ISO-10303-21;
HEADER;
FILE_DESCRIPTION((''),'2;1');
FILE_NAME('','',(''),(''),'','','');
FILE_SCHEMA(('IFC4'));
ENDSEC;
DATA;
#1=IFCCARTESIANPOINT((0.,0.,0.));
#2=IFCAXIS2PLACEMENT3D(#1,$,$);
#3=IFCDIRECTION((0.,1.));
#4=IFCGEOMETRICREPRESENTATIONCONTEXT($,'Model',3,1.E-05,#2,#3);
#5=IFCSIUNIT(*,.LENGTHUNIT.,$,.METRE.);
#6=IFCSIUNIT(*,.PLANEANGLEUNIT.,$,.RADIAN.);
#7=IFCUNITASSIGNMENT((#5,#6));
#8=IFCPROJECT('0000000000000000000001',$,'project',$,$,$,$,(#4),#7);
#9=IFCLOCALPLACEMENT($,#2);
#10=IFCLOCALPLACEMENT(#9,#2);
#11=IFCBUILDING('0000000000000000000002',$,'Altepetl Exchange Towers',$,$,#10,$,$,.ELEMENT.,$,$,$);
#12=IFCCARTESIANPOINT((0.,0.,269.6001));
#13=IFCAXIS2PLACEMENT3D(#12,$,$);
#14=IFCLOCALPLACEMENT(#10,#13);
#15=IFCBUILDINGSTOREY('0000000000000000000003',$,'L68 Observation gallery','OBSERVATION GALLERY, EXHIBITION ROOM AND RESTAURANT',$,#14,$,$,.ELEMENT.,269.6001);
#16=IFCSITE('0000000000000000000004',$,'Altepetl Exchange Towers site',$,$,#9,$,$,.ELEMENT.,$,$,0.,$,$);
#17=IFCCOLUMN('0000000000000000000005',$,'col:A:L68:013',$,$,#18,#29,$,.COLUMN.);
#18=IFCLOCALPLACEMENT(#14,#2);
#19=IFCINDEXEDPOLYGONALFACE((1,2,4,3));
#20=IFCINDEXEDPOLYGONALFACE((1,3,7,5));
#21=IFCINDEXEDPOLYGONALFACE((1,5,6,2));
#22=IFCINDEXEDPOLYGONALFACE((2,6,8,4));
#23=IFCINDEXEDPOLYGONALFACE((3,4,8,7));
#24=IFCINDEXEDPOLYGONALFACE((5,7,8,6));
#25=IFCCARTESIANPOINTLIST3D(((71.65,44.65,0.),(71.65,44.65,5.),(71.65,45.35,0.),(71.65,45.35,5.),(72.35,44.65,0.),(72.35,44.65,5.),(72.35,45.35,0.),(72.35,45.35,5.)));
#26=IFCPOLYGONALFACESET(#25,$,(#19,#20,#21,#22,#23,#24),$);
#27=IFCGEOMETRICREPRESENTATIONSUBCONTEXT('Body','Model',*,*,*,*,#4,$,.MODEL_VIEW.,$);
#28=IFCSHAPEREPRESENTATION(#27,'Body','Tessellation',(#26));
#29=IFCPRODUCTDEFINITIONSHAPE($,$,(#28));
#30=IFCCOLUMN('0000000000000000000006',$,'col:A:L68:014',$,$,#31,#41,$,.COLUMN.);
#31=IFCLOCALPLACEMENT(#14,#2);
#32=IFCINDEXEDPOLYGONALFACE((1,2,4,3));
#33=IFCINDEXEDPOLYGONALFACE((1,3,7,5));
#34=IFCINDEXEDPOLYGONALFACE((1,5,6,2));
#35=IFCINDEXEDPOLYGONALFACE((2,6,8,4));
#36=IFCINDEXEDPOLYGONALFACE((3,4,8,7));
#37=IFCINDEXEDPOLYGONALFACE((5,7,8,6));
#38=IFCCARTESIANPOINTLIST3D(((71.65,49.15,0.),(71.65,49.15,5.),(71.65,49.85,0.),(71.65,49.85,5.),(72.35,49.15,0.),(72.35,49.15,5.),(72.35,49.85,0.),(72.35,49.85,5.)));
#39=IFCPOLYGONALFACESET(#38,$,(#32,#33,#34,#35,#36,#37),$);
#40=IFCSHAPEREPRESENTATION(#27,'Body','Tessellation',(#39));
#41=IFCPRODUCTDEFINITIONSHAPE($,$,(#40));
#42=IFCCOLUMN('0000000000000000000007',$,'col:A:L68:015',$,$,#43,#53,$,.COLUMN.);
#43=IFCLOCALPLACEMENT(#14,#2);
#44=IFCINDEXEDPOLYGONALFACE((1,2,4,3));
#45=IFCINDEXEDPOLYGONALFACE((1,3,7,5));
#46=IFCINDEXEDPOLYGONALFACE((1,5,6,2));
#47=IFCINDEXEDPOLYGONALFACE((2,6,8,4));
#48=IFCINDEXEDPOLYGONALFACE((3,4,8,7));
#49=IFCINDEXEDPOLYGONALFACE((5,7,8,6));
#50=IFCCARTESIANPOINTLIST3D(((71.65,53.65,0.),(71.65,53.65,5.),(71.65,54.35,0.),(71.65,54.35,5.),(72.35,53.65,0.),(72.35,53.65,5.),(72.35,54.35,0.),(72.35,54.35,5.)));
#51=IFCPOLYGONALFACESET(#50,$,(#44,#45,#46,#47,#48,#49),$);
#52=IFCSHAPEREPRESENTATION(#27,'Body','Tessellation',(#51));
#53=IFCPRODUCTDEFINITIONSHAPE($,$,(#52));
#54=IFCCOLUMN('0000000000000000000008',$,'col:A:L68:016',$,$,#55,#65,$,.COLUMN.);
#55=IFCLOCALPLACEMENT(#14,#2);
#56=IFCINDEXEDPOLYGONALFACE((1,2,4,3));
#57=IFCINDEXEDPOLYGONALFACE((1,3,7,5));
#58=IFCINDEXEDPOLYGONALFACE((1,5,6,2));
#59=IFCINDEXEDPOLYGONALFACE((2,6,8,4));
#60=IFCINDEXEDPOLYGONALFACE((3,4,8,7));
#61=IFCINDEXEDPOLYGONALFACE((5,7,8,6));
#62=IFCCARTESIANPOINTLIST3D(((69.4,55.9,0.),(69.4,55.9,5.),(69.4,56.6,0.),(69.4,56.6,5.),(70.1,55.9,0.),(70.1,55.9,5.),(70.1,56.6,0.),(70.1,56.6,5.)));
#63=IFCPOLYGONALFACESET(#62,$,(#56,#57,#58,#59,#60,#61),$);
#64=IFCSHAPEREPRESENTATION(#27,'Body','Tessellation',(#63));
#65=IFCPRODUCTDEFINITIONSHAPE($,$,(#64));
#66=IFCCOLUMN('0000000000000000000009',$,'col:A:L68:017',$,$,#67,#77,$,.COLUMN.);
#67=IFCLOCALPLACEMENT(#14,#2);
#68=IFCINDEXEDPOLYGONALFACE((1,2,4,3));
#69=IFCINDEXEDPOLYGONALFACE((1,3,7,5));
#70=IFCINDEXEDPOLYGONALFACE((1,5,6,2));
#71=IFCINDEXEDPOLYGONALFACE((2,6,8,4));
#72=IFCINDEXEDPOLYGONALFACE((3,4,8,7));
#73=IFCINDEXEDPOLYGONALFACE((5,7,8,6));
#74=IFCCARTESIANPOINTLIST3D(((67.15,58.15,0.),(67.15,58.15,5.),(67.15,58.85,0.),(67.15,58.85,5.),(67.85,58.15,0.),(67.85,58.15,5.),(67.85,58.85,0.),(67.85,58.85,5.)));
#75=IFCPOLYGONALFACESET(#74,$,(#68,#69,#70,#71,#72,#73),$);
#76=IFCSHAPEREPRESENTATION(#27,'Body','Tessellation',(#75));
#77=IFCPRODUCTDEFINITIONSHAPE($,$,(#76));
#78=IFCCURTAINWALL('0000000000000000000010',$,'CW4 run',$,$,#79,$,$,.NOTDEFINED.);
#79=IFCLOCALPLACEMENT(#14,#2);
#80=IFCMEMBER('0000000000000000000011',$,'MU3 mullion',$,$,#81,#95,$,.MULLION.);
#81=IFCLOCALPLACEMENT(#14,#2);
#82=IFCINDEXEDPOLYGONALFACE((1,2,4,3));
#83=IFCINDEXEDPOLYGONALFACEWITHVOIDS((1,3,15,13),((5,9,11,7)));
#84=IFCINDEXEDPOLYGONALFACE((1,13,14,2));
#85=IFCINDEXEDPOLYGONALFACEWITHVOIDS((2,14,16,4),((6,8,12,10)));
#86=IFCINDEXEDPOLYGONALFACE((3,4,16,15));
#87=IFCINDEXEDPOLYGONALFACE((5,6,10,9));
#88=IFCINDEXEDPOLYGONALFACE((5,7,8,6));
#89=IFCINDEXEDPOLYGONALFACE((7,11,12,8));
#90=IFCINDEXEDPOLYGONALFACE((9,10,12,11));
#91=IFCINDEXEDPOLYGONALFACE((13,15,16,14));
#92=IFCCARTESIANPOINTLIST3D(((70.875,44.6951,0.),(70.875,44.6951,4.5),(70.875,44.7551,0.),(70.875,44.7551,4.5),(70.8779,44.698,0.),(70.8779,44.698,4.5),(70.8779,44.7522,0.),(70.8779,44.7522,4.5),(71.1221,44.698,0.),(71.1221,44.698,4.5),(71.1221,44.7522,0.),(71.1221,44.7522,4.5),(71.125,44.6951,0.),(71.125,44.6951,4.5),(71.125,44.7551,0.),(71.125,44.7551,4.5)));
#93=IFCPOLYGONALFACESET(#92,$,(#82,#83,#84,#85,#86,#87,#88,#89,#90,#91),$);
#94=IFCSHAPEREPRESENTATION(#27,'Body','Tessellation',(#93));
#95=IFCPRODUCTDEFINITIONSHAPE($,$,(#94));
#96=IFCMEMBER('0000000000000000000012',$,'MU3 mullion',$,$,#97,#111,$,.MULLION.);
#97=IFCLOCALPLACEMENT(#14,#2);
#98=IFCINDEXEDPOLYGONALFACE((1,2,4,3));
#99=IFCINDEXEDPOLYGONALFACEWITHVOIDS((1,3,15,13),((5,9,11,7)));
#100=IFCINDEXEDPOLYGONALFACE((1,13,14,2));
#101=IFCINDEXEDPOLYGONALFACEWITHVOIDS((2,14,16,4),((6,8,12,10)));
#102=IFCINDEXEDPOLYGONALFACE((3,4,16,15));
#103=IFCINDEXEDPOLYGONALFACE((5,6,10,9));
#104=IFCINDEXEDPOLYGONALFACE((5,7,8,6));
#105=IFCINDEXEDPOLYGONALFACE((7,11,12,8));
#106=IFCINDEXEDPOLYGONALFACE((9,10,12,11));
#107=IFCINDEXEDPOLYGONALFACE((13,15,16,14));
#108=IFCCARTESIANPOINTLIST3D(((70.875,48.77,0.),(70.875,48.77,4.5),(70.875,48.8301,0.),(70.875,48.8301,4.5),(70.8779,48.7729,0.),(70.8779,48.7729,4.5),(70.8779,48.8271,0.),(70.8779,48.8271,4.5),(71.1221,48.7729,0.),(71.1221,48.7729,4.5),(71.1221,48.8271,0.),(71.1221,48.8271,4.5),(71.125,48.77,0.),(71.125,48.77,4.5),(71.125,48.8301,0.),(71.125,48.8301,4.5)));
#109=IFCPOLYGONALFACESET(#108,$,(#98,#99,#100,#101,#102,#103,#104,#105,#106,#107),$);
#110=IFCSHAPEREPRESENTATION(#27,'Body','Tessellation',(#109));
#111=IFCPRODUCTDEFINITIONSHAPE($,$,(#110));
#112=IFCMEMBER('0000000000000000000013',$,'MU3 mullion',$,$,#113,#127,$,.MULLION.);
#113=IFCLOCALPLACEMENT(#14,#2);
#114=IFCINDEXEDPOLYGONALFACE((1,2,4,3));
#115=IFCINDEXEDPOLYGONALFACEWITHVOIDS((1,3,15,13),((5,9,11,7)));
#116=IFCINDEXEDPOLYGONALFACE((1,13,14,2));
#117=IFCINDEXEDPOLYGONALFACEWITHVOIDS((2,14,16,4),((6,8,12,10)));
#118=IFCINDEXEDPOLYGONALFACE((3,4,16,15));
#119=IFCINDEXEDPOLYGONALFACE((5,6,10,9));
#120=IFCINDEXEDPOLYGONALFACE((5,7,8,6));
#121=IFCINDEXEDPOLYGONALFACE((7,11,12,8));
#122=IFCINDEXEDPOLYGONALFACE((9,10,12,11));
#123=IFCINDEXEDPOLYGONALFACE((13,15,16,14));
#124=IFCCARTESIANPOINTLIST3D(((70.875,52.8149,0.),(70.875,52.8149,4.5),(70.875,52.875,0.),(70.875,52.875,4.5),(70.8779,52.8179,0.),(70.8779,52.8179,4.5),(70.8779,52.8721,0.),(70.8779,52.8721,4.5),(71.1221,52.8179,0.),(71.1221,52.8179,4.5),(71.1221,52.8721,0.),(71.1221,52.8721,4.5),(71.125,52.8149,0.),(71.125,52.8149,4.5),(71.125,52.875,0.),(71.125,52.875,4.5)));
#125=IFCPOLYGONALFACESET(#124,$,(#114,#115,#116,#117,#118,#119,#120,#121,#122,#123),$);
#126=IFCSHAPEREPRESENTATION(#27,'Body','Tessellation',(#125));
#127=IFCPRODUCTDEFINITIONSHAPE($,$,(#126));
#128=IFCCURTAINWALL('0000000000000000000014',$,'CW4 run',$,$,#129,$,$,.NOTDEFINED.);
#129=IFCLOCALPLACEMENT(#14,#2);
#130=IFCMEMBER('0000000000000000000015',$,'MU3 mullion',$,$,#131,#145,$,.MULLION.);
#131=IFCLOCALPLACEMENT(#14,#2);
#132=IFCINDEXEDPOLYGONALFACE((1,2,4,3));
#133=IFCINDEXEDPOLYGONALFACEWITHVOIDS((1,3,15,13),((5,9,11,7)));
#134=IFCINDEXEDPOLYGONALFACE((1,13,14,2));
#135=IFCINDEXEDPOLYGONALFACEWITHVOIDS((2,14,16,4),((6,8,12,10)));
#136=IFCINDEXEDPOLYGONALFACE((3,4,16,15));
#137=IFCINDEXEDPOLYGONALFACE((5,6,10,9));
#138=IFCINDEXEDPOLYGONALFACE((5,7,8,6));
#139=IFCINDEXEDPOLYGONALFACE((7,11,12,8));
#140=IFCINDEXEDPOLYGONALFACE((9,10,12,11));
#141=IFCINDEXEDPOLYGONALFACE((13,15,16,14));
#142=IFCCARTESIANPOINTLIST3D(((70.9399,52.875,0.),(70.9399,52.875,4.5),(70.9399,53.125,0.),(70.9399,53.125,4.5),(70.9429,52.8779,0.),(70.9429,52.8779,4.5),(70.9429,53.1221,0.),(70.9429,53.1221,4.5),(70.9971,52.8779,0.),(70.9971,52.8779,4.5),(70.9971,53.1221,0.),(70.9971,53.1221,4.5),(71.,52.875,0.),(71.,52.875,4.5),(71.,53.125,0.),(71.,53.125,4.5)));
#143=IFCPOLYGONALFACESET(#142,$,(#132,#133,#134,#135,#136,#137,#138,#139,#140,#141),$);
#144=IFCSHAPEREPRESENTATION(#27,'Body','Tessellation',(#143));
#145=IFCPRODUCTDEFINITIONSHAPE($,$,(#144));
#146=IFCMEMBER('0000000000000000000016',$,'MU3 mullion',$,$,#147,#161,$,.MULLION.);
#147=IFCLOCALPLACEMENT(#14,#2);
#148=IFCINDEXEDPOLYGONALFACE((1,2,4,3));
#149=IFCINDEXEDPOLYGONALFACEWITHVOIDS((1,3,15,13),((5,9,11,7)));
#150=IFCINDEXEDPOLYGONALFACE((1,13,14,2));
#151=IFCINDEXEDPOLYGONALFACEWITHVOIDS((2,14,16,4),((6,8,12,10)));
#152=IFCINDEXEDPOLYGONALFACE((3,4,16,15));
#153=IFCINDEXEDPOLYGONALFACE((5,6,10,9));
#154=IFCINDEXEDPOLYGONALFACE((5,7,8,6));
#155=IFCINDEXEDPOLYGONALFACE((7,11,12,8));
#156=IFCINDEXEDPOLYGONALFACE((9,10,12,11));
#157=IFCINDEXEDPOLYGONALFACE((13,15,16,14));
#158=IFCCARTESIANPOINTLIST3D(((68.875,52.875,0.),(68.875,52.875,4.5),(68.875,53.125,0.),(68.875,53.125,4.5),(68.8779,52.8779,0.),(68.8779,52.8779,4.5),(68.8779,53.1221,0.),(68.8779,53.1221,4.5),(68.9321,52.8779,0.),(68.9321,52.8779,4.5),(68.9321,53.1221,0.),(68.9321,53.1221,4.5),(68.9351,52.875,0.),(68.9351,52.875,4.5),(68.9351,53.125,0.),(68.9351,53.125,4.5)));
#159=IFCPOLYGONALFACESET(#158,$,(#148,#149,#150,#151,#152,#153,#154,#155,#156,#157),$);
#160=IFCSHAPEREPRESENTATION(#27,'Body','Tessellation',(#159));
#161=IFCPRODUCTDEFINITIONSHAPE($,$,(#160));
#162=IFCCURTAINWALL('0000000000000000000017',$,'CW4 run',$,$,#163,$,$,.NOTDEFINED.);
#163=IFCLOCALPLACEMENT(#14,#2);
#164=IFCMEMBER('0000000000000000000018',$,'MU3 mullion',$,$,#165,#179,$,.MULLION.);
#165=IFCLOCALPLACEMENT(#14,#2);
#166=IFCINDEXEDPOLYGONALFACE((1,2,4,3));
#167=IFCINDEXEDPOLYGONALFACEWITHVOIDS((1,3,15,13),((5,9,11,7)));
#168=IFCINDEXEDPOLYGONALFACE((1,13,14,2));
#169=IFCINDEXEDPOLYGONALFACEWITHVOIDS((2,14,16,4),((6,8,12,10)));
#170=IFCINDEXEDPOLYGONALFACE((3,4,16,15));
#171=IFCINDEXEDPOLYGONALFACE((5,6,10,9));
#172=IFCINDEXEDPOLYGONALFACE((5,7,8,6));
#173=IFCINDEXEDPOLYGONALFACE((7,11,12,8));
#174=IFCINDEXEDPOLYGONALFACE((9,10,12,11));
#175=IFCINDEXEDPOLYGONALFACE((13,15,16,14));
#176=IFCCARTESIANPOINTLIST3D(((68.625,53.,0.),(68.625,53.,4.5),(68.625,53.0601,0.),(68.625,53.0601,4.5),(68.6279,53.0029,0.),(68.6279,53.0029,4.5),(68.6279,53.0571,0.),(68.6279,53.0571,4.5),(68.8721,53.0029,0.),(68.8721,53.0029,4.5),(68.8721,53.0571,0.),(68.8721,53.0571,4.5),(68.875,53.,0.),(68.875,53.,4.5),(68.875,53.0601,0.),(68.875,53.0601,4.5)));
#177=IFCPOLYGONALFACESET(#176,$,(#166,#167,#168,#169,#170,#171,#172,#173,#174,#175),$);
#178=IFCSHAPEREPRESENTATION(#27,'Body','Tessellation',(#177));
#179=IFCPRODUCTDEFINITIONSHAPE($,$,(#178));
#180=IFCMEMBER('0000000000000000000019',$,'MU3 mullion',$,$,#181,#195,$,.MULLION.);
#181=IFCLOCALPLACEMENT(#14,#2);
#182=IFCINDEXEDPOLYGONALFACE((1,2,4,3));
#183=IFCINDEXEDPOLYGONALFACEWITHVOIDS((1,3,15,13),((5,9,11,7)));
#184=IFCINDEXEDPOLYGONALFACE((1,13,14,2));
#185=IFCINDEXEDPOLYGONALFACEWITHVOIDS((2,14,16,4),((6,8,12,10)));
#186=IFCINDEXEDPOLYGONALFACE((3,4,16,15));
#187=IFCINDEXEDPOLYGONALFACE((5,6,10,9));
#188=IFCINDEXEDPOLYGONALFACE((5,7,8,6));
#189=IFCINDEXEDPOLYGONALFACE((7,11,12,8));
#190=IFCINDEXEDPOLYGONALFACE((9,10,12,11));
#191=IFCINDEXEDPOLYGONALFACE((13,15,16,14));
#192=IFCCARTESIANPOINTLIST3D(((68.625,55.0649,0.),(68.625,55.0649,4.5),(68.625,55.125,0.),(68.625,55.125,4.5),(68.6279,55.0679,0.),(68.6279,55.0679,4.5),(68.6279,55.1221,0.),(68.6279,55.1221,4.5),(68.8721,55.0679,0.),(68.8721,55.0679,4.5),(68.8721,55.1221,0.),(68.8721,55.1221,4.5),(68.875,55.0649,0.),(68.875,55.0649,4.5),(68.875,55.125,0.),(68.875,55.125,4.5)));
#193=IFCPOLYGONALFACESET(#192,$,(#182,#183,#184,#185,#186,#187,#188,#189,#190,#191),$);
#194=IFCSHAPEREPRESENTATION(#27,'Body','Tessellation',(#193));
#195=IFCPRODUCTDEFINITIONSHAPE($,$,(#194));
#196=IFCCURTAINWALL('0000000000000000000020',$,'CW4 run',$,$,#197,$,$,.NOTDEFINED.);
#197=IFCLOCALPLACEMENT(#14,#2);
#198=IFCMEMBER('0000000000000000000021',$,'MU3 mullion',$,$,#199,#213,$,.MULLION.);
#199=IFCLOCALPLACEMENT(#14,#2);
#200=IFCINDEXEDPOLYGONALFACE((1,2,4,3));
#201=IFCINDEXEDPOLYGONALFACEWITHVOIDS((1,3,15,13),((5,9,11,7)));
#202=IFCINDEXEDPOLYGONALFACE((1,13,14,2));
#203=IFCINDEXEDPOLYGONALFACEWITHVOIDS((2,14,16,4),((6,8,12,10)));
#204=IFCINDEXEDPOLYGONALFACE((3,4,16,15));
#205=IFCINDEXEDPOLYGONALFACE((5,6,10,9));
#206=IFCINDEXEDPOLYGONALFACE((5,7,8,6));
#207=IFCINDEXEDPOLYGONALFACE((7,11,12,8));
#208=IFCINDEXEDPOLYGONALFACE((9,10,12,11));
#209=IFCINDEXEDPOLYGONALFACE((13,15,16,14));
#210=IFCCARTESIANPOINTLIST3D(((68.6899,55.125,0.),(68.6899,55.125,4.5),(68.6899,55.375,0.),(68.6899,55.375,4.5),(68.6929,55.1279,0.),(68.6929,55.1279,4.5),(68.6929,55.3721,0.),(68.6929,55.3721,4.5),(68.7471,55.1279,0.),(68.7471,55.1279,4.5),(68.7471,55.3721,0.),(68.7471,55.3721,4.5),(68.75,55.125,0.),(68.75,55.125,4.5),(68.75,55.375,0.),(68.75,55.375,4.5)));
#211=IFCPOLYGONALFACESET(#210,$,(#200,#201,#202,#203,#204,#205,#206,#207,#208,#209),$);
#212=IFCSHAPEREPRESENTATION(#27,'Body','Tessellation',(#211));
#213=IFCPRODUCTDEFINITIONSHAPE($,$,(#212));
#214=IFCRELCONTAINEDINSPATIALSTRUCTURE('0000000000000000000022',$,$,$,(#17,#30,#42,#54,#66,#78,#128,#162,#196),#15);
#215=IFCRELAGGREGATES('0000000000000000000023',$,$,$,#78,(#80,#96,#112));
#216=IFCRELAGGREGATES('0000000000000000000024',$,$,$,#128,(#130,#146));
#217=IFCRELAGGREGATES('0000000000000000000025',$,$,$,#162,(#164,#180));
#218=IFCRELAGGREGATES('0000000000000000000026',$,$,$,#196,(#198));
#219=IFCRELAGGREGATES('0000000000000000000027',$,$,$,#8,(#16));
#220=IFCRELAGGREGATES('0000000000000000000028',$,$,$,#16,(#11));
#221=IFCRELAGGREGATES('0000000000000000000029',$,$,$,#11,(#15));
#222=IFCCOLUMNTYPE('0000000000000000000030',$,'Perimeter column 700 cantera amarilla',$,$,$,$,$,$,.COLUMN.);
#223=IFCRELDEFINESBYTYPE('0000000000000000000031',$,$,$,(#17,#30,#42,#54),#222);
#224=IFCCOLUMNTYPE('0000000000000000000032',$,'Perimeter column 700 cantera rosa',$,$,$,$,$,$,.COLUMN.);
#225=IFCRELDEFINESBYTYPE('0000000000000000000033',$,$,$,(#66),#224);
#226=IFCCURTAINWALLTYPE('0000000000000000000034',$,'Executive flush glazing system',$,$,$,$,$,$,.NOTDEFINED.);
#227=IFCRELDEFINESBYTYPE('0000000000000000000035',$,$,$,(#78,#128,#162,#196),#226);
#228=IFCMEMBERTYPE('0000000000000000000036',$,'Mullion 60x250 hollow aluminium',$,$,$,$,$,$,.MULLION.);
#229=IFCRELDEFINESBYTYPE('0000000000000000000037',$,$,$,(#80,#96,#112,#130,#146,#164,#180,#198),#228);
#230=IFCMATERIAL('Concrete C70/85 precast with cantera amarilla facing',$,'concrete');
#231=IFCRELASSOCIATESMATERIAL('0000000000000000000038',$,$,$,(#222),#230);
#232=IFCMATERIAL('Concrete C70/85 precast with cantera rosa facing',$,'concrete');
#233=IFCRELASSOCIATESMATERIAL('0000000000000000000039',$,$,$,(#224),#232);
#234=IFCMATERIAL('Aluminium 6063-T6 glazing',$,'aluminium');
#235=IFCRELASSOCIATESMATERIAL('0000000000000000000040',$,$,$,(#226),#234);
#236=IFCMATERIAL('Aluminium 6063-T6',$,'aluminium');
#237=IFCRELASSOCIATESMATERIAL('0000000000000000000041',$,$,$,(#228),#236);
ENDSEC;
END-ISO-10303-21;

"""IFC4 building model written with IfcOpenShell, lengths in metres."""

from ifc_helpers import new_model, si_unit, direction, frame, origin, origin_2d, place, context, subcontext, project, spatial, rectangle, hollow_rectangle, extrude, material, material_profile, profile_set, type_object, element, aggregate, save


model = new_model("IFC4")

# Units and contexts
model_context = context("Model", 3, precision=1e-05, world=origin(), true_north=direction((0.0, 1.0)))
body_context = subcontext(model_context, "Body", "Model", "MODEL_VIEW")
ifc_project = project(units=[si_unit("LENGTHUNIT", "METRE"), si_unit("PLANEANGLEUNIT", "RADIAN")], contexts=[model_context])

# Site, building, storey
site_placement = place(None, origin())
site = spatial("IfcSite", under=ifc_project, at=site_placement, Name="Altepetl Exchange Towers site", CompositionType="ELEMENT", RefElevation=0.0)
building_placement = place(site_placement, origin())
building = spatial("IfcBuilding", under=site, at=building_placement, Name="Altepetl Exchange Towers", CompositionType="ELEMENT")
storey_placement = place(building_placement, frame((0.0, 0.0, 269.6001)))
storey = spatial("IfcBuildingStorey", under=building, at=storey_placement, Name="L68 Observation gallery", Description="OBSERVATION GALLERY, EXHIBITION ROOM AND RESTAURANT", CompositionType="ELEMENT", Elevation=269.6001)

# Columns
ifc_material_1 = material(Name="Concrete C70/85 precast with cantera amarilla facing", Category="concrete")
ifc_material_profile_1 = material_profile(ifc_material_1, rectangle(XDim=0.7, YDim=0.7, at=origin_2d()), Name="700 x 700")
ifc_profile_set_1 = profile_set([ifc_material_profile_1], Name="Concrete C70/85 precast with cantera amarilla facing")
column_type_1 = type_object("IfcColumnType", Name="Perimeter column 700 cantera amarilla", PredefinedType="COLUMN", material=ifc_profile_set_1)
for number, where, name in (
    (1, (72.0, 45.0, 0.0), "col:A:L68:013"),
    (2, (72.0, 49.5, 0.0), "col:A:L68:014"),
    (3, (72.0, 54.0, 0.0), "col:A:L68:015"),
    (4, (69.75, 56.25, 0.0), "col:A:L68:016"),
):
    element("IfcColumn", number, at=place(storey_placement, frame(where)), inside=storey, type_object=column_type_1, Name=name, PredefinedType="COLUMN", context=body_context, shape_type="SweptSolid", body=[
        extrude(rectangle(XDim=0.7, YDim=0.7, at=origin_2d()), origin(), (0.0, 0.0, 1.0), 5.0),
    ])
ifc_material_2 = material(Name="Concrete C70/85 precast with cantera rosa facing", Category="concrete")
ifc_material_profile_2 = material_profile(ifc_material_2, rectangle(XDim=0.7, YDim=0.7, at=origin_2d()), Name="700 x 700")
ifc_profile_set_2 = profile_set([ifc_material_profile_2], Name="Concrete C70/85 precast with cantera rosa facing")
column_type_2 = type_object("IfcColumnType", Name="Perimeter column 700 cantera rosa", PredefinedType="COLUMN", material=ifc_profile_set_2)
column_placement = place(storey_placement, frame((67.5, 58.5, 0.0)))
element("IfcColumn", 5, at=column_placement, inside=storey, type_object=column_type_2, Name="col:A:L68:017", PredefinedType="COLUMN", context=body_context, shape_type="SweptSolid", body=[
    extrude(rectangle(XDim=0.7, YDim=0.7, at=origin_2d()), origin(), (0.0, 0.0, 1.0), 5.0),
])

# Curtain walls, members
ifc_material_3 = material(Name="Aluminium 6063-T6 glazing", Category="aluminium")
curtain_wall_type = type_object("IfcCurtainWallType", Name="Executive flush glazing system", PredefinedType="NOTDEFINED", material=ifc_material_3)
curtain_wall_1_placement = place(storey_placement, origin())
curtain_wall_1 = element("IfcCurtainWall", 6, at=curtain_wall_1_placement, inside=storey, type_object=curtain_wall_type, Name="CW4 run", PredefinedType="NOTDEFINED")
ifc_material_4 = material(Name="Aluminium 6063-T6", Category="aluminium")
ifc_material_profile_3 = material_profile(ifc_material_4, hollow_rectangle(XDim=0.0601, YDim=0.25, WallThickness=0.0029, at=origin_2d()), Name="Mullion 60x250 hollow aluminium")
ifc_profile_set_3 = profile_set([ifc_material_profile_3], Name="Aluminium 6063-T6")
member_type_1 = type_object("IfcMemberType", Name="Mullion 60x250 hollow aluminium", PredefinedType="MULLION", material=ifc_profile_set_3)
member_1_placement = place(storey_placement, frame((71.0, 44.7251, 0.0), z_axis=(0.0, 0.0, 1.0), x_axis=(0.0, 1.0, 0.0)))
member_1 = element("IfcMember", 7, at=member_1_placement, type_object=member_type_1, Name="MU3 mullion", PredefinedType="MULLION", context=body_context, shape_type="SweptSolid", body=[
    extrude(hollow_rectangle(XDim=0.0601, YDim=0.25, WallThickness=0.0029, at=origin_2d()), origin(), (0.0, 0.0, 1.0), 4.5),
])
member_2_placement = place(storey_placement, frame((71.0, 48.8, 0.0), z_axis=(0.0, 0.0, 1.0), x_axis=(0.0, 1.0, 0.0)))
member_2 = element("IfcMember", 8, at=member_2_placement, type_object=member_type_1, Name="MU3 mullion", PredefinedType="MULLION", context=body_context, shape_type="SweptSolid", body=[
    extrude(hollow_rectangle(XDim=0.0601, YDim=0.25, WallThickness=0.0029, at=origin_2d()), origin(), (0.0, 0.0, 1.0), 4.5),
])
member_3_placement = place(storey_placement, frame((71.0, 52.845, 0.0), z_axis=(0.0, 0.0, 1.0), x_axis=(0.0, 1.0, 0.0)))
member_3 = element("IfcMember", 9, at=member_3_placement, type_object=member_type_1, Name="MU3 mullion", PredefinedType="MULLION", context=body_context, shape_type="SweptSolid", body=[
    extrude(hollow_rectangle(XDim=0.0601, YDim=0.25, WallThickness=0.0029, at=origin_2d()), origin(), (0.0, 0.0, 1.0), 4.5),
])
curtain_wall_2_placement = place(storey_placement, origin())
curtain_wall_2 = element("IfcCurtainWall", 10, at=curtain_wall_2_placement, inside=storey, type_object=curtain_wall_type, Name="CW4 run", PredefinedType="NOTDEFINED")
member_4_placement = place(storey_placement, frame((70.97, 53.0, 0.0), z_axis=(0.0, 0.0, 1.0), x_axis=(-1.0, 0.0, 0.0)))
member_4 = element("IfcMember", 11, at=member_4_placement, type_object=member_type_1, Name="MU3 mullion", PredefinedType="MULLION", context=body_context, shape_type="SweptSolid", body=[
    extrude(hollow_rectangle(XDim=0.0601, YDim=0.25, WallThickness=0.0029, at=origin_2d()), origin(), (0.0, 0.0, 1.0), 4.5),
])
member_5_placement = place(storey_placement, frame((68.905, 53.0, 0.0), z_axis=(0.0, 0.0, 1.0), x_axis=(-1.0, 0.0, 0.0)))
member_5 = element("IfcMember", 12, at=member_5_placement, type_object=member_type_1, Name="MU3 mullion", PredefinedType="MULLION", context=body_context, shape_type="SweptSolid", body=[
    extrude(hollow_rectangle(XDim=0.0601, YDim=0.25, WallThickness=0.0029, at=origin_2d()), origin(), (0.0, 0.0, 1.0), 4.5),
])
curtain_wall_3_placement = place(storey_placement, origin())
curtain_wall_3 = element("IfcCurtainWall", 13, at=curtain_wall_3_placement, inside=storey, type_object=curtain_wall_type, Name="CW4 run", PredefinedType="NOTDEFINED")
member_6_placement = place(storey_placement, frame((68.75, 53.03, 0.0), z_axis=(0.0, 0.0, 1.0), x_axis=(0.0, 1.0, 0.0)))
member_6 = element("IfcMember", 14, at=member_6_placement, type_object=member_type_1, Name="MU3 mullion", PredefinedType="MULLION", context=body_context, shape_type="SweptSolid", body=[
    extrude(hollow_rectangle(XDim=0.0601, YDim=0.25, WallThickness=0.0029, at=origin_2d()), origin(), (0.0, 0.0, 1.0), 4.5),
])
member_7_placement = place(storey_placement, frame((68.75, 55.095, 0.0), z_axis=(0.0, 0.0, 1.0), x_axis=(0.0, 1.0, 0.0)))
member_7 = element("IfcMember", 15, at=member_7_placement, type_object=member_type_1, Name="MU3 mullion", PredefinedType="MULLION", context=body_context, shape_type="SweptSolid", body=[
    extrude(hollow_rectangle(XDim=0.0601, YDim=0.25, WallThickness=0.0029, at=origin_2d()), origin(), (0.0, 0.0, 1.0), 4.5),
])
curtain_wall_4_placement = place(storey_placement, origin())
curtain_wall_4 = element("IfcCurtainWall", 16, at=curtain_wall_4_placement, inside=storey, type_object=curtain_wall_type, Name="CW4 run", PredefinedType="NOTDEFINED")
member_8_placement = place(storey_placement, frame((68.72, 55.25, 0.0), z_axis=(0.0, 0.0, 1.0), x_axis=(-1.0, 0.0, 0.0)))
member_8 = element("IfcMember", 17, at=member_8_placement, type_object=member_type_1, Name="MU3 mullion", PredefinedType="MULLION", context=body_context, shape_type="SweptSolid", body=[
    extrude(hollow_rectangle(XDim=0.0601, YDim=0.25, WallThickness=0.0029, at=origin_2d()), origin(), (0.0, 0.0, 1.0), 4.5),
])

aggregate(curtain_wall_1, [member_1, member_2, member_3])
aggregate(curtain_wall_2, [member_4, member_5])
aggregate(curtain_wall_3, [member_6, member_7])
aggregate(curtain_wall_4, [member_8])

save(model, "model.ifc")
